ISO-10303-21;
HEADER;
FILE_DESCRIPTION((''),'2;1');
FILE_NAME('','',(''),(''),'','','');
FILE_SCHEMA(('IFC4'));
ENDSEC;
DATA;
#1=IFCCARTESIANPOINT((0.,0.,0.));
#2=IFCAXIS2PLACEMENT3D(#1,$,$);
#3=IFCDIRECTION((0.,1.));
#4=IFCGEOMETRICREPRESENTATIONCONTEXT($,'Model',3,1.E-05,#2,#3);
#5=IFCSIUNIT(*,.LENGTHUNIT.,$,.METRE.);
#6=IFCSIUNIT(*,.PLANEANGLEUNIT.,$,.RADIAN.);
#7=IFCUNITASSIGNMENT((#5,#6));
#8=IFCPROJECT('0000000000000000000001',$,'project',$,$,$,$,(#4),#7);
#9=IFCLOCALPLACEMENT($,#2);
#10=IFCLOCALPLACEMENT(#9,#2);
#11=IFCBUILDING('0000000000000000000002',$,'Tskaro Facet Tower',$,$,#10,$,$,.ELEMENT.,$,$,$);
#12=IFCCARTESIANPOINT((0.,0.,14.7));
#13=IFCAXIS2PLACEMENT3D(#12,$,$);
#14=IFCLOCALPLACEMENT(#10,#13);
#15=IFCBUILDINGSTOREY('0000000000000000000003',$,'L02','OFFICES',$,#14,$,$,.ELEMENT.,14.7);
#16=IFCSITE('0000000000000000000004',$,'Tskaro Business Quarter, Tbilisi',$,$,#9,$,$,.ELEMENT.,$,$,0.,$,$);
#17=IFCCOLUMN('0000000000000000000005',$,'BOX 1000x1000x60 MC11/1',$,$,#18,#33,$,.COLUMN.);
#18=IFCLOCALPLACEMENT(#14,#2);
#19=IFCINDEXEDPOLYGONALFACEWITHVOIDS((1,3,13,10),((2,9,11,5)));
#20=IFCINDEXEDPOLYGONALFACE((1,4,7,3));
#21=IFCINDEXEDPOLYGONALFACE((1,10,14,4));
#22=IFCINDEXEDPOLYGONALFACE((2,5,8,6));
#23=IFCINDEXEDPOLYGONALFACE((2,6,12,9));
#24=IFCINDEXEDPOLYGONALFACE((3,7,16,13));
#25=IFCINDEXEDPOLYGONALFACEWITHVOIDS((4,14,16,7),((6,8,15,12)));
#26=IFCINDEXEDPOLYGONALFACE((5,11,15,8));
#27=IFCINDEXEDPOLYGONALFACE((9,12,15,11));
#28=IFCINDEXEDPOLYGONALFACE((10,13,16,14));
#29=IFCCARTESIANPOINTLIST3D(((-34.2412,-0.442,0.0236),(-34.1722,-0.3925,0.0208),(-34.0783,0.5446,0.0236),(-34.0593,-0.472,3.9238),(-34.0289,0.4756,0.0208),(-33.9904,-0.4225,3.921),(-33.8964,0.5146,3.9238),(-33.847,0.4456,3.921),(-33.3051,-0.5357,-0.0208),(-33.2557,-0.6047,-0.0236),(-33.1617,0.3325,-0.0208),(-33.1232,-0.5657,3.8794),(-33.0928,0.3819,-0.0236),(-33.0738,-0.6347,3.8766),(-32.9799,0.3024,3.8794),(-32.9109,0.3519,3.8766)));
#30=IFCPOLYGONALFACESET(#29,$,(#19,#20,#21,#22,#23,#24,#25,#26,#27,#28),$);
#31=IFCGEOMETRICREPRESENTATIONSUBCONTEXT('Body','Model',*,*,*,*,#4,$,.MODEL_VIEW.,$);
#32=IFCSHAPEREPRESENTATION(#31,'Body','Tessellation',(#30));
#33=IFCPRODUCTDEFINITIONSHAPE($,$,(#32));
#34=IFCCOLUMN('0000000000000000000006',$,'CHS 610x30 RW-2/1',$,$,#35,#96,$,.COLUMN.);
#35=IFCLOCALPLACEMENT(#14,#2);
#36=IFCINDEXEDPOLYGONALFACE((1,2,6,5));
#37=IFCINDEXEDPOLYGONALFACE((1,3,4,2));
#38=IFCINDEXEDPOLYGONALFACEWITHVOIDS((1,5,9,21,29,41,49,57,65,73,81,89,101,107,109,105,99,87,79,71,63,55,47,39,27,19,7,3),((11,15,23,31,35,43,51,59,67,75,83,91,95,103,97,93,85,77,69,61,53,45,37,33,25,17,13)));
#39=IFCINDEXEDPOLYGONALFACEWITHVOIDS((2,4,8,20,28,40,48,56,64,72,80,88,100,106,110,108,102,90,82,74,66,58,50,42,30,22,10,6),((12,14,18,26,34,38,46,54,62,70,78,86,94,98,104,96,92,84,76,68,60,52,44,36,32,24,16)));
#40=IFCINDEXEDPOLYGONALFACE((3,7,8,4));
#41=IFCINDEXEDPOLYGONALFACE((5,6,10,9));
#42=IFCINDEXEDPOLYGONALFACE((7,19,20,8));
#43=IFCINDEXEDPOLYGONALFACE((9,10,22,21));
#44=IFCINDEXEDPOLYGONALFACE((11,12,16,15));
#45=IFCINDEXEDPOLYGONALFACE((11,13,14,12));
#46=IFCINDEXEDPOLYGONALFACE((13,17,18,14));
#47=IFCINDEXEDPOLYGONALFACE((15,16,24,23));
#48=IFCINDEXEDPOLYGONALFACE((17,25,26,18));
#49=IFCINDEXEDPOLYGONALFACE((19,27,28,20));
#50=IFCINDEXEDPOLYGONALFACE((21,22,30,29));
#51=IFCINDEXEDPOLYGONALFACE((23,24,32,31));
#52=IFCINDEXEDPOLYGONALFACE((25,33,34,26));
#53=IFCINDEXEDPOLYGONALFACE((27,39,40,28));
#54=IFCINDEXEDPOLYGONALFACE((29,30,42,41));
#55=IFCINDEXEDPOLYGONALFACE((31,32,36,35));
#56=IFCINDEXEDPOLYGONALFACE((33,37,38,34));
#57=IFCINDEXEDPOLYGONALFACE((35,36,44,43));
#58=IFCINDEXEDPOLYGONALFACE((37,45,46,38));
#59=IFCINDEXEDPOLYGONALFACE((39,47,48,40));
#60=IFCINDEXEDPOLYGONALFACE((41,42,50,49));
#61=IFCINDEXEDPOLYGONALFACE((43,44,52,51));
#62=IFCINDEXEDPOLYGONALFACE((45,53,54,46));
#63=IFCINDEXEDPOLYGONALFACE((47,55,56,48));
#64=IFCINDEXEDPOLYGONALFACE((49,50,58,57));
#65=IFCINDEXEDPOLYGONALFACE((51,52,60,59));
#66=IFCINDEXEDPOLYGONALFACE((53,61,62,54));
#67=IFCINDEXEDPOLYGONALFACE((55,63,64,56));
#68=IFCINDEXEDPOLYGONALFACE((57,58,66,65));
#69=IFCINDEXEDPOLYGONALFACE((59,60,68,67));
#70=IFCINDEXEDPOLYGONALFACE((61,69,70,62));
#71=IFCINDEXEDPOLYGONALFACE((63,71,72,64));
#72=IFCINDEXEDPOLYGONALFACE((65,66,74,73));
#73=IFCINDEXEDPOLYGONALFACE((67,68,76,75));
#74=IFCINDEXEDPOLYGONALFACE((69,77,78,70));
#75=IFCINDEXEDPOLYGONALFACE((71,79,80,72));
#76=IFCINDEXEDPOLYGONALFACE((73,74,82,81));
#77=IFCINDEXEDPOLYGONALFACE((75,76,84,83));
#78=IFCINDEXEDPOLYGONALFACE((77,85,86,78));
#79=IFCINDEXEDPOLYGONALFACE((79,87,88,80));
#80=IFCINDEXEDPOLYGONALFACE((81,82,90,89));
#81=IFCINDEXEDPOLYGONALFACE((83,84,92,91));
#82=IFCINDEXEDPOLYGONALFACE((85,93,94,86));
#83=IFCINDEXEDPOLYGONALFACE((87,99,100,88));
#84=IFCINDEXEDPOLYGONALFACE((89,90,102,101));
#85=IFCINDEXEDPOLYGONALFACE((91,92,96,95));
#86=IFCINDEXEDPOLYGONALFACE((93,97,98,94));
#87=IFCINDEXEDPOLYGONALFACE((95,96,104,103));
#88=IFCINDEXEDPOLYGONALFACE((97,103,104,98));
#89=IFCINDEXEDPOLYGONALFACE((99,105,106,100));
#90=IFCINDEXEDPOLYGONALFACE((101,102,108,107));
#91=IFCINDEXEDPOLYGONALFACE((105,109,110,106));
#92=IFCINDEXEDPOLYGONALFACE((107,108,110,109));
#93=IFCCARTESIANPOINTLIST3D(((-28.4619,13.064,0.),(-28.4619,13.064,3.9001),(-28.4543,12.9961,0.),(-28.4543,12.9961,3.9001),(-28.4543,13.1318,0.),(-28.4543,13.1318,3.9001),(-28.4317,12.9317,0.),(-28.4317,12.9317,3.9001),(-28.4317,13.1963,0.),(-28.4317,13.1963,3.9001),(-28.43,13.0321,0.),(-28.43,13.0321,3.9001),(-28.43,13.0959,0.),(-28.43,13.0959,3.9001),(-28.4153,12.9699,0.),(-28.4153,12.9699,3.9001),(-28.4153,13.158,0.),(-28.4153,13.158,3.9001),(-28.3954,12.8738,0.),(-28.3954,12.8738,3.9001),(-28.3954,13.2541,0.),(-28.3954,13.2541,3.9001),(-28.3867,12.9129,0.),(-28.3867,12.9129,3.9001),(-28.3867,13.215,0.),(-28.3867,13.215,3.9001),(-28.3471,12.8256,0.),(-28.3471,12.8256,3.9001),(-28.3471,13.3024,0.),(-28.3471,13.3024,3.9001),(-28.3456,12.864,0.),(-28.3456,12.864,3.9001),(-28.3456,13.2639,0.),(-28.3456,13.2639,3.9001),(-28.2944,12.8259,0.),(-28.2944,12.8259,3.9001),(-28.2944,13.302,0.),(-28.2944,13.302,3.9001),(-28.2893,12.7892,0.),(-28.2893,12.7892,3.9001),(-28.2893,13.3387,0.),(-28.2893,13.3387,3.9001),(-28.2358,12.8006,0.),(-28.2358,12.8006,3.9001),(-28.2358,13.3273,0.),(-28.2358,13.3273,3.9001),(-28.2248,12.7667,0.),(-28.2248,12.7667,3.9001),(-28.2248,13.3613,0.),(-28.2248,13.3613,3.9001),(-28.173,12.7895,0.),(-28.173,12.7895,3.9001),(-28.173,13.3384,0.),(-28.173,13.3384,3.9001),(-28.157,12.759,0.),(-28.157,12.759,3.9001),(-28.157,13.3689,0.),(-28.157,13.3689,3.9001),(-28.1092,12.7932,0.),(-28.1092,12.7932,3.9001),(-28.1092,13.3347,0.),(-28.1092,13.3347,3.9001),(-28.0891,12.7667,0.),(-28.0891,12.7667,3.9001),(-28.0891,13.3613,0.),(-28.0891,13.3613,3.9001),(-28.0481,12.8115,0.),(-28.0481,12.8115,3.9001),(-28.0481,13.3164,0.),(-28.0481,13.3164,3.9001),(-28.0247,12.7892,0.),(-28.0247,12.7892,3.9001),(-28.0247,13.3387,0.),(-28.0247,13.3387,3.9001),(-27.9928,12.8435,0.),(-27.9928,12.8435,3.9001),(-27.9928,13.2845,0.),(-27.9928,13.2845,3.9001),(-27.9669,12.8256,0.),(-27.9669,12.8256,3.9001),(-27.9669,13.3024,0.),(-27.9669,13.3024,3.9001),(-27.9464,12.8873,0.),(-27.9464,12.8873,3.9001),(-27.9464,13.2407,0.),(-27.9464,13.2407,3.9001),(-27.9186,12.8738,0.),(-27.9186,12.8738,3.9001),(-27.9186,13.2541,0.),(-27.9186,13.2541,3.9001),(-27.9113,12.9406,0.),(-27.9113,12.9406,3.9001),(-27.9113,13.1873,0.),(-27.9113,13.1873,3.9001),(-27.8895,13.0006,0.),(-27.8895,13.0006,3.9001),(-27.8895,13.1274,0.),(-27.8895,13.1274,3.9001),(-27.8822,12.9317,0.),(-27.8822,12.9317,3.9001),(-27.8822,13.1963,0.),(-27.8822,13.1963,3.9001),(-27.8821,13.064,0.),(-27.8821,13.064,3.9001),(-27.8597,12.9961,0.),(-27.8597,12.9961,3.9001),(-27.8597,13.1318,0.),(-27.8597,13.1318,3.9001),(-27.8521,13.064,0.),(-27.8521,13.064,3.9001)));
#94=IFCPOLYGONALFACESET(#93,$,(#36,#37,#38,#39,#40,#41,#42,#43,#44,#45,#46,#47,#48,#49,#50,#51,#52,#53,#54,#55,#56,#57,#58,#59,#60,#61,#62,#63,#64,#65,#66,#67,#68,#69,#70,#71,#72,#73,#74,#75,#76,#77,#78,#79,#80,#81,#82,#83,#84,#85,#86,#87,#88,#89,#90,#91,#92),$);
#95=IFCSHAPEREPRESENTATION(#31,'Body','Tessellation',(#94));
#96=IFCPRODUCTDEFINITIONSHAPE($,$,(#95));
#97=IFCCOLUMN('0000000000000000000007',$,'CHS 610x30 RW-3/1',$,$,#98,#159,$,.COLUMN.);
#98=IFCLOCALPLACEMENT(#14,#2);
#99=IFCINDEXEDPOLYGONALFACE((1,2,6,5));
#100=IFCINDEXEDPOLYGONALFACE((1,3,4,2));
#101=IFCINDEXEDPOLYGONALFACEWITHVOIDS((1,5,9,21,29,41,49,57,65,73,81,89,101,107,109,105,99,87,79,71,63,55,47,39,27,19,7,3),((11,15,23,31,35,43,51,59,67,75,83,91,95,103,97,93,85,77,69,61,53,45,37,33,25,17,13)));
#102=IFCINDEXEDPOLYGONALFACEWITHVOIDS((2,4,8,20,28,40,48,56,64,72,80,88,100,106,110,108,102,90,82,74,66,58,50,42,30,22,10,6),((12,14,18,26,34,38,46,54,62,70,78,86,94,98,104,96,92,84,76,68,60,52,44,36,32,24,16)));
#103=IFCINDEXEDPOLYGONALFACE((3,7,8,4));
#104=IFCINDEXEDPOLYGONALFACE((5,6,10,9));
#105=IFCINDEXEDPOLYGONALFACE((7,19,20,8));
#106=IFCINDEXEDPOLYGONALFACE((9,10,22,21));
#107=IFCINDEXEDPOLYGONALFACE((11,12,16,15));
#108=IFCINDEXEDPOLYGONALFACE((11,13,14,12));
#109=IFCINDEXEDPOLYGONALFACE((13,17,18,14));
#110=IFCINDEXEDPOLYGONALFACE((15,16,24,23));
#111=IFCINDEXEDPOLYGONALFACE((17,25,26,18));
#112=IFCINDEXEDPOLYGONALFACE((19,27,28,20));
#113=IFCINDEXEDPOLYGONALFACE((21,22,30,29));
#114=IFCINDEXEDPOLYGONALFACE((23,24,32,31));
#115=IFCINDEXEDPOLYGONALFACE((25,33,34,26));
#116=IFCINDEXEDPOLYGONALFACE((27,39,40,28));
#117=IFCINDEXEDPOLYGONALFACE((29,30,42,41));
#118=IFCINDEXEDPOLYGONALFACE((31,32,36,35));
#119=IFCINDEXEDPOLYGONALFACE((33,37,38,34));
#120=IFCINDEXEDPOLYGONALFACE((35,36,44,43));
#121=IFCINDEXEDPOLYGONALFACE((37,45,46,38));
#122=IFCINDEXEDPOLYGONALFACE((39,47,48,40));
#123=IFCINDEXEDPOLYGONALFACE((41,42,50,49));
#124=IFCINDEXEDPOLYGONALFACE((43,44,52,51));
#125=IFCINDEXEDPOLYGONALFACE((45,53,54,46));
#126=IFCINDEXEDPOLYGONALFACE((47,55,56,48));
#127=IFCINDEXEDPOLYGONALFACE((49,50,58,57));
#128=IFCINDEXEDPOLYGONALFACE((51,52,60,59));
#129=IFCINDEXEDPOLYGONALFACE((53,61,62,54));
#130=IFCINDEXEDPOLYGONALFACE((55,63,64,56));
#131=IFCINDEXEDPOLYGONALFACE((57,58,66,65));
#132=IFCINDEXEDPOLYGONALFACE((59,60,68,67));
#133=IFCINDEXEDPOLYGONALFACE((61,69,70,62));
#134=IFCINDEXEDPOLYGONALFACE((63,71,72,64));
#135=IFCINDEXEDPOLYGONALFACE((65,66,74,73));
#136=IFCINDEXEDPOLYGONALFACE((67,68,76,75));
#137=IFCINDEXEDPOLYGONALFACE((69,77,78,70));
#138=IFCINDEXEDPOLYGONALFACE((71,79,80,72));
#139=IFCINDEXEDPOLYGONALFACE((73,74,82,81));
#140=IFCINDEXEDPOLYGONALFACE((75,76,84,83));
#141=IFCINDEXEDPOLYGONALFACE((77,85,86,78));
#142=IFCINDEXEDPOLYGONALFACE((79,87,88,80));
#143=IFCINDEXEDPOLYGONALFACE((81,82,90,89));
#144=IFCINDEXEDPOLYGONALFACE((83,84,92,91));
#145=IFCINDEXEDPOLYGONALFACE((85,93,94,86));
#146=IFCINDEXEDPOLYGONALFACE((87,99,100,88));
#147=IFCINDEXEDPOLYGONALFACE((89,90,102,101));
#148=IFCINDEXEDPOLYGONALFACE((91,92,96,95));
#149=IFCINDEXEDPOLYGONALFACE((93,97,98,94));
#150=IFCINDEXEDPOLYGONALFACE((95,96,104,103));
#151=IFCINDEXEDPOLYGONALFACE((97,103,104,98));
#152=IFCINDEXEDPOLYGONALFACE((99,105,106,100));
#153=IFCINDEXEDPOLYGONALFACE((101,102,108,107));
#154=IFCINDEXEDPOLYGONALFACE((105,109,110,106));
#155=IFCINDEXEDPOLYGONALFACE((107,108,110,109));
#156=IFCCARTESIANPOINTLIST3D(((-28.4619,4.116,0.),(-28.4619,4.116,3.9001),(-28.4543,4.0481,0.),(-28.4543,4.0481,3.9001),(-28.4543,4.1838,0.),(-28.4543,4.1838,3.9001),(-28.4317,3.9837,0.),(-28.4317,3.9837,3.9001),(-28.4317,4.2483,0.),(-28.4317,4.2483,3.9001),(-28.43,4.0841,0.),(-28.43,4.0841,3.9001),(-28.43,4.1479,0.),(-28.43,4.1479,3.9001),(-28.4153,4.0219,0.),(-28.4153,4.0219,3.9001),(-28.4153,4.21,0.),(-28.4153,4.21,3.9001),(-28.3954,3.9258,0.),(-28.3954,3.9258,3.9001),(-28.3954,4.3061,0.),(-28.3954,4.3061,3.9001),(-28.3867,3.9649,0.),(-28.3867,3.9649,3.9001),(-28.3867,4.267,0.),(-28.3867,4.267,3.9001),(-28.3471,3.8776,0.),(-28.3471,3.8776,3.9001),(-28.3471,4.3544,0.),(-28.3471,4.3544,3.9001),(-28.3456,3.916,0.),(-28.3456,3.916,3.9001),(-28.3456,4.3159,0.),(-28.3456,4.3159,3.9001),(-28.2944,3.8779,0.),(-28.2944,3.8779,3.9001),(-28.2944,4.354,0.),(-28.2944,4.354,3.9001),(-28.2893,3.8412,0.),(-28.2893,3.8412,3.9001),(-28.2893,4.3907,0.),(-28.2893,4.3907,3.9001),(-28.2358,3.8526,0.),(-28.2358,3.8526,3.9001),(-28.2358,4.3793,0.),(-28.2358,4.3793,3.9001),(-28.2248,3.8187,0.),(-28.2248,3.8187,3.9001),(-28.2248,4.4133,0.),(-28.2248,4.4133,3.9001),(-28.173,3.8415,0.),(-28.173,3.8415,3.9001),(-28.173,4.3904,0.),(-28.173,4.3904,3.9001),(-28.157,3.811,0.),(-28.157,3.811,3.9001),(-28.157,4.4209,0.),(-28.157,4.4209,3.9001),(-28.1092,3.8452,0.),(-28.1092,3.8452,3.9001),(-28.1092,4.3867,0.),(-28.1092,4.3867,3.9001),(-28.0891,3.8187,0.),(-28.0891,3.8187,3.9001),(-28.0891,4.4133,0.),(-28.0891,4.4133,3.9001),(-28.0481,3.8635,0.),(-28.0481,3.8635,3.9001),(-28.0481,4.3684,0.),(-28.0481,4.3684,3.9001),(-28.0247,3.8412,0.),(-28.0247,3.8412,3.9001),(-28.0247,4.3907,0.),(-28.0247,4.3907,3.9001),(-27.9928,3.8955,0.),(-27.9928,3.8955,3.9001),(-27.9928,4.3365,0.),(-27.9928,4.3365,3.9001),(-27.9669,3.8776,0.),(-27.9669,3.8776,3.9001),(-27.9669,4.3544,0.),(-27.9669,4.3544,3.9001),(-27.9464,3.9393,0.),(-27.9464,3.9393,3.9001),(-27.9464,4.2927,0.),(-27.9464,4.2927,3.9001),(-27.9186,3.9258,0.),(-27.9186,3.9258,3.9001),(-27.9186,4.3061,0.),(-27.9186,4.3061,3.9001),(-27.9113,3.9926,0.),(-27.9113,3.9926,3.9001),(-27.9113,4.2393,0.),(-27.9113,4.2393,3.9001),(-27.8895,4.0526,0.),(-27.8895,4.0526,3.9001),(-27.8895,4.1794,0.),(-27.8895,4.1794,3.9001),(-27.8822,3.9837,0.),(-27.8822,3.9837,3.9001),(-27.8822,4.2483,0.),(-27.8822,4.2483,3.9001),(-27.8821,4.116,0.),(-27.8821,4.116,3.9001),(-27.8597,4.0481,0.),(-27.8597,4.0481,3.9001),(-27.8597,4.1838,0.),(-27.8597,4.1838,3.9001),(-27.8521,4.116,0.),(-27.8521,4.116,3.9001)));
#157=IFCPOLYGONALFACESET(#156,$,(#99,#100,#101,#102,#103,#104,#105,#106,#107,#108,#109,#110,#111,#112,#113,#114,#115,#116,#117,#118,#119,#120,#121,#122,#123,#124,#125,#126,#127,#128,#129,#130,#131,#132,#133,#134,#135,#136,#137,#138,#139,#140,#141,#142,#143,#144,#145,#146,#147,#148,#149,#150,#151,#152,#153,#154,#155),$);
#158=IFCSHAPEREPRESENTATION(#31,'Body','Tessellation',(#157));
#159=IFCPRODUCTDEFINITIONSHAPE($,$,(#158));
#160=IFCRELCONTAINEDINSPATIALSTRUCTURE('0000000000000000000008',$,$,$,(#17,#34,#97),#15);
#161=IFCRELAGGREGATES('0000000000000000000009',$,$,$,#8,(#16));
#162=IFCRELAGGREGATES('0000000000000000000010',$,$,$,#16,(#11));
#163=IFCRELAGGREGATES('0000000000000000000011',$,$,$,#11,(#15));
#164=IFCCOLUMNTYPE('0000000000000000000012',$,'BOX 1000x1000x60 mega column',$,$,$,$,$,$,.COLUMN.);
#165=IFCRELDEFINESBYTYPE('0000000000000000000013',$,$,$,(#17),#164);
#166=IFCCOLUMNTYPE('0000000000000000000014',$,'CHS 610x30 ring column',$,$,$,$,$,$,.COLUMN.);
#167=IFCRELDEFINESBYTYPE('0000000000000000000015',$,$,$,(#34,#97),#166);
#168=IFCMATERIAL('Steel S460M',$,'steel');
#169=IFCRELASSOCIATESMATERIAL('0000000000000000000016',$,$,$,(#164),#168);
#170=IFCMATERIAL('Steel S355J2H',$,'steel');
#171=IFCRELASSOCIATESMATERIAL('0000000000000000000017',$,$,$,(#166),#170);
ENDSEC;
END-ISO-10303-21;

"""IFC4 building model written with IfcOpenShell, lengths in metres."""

from ifc_helpers import new_model, si_unit, direction, frame, origin, origin_2d, place, context, subcontext, project, spatial, hollow_rectangle, hollow_circle, extrude, material, material_profile, profile_set, type_object, element, save


model = new_model("IFC4")

# Units and contexts
model_context = context("Model", 3, precision=1e-05, world=origin(), true_north=direction((0.0, 1.0)))
body_context = subcontext(model_context, "Body", "Model", "MODEL_VIEW")
ifc_project = project(units=[si_unit("LENGTHUNIT", "METRE"), si_unit("PLANEANGLEUNIT", "RADIAN")], contexts=[model_context])

# Site, building, storey
site_placement = place(None, origin())
site = spatial("IfcSite", under=ifc_project, at=site_placement, Name="Tskaro Business Quarter, Tbilisi", CompositionType="ELEMENT", RefElevation=0.0)
building_placement = place(site_placement, origin())
building = spatial("IfcBuilding", under=site, at=building_placement, Name="Tskaro Facet Tower", CompositionType="ELEMENT")
storey_placement = place(building_placement, frame((0.0, 0.0, 14.7)))
storey = spatial("IfcBuildingStorey", under=building, at=storey_placement, Name="L02", Description="OFFICES", CompositionType="ELEMENT", Elevation=14.7)

# Columns
ifc_material_1 = material(Name="Steel S460M", Category="steel")
ifc_material_profile_1 = material_profile(ifc_material_1, hollow_rectangle(XDim=1.0, YDim=1.0, WallThickness=0.0601, at=origin_2d()), Name="BOX 1000x1000x60")
ifc_profile_set_1 = profile_set([ifc_material_profile_1], Name="Steel S460M")
column_type_1 = type_object("IfcColumnType", Name="BOX 1000x1000x60 mega column", PredefinedType="COLUMN", material=ifc_profile_set_1)
column_placement = place(storey_placement, frame((-33.667, -0.03, 0.0), z_axis=(0.046583, -0.007691, 0.998885), x_axis=(0.162895, 0.986643, 0.0)))
element("IfcColumn", 1, at=column_placement, inside=storey, type_object=column_type_1, Name="BOX 1000x1000x60 MC11/1", PredefinedType="COLUMN", context=body_context, shape_type="SweptSolid", body=[
    extrude(hollow_rectangle(XDim=1.0, YDim=1.0, WallThickness=0.0601, at=origin_2d()), origin(), (0.0, 0.0, 1.0), 3.9045),
])
ifc_material_2 = material(Name="Steel S355J2H", Category="steel")
ifc_material_profile_2 = material_profile(ifc_material_2, hollow_circle(Radius=0.3049, WallThickness=0.03, at=origin_2d()), Name="CHS 610x30")
ifc_profile_set_2 = profile_set([ifc_material_profile_2], Name="Steel S355J2H")
column_type_2 = type_object("IfcColumnType", Name="CHS 610x30 ring column", PredefinedType="COLUMN", material=ifc_profile_set_2)
for number, where, z_axis, x_axis, name in (
    (2, (-28.157, 13.064, 0.0), (0.0, 0.0, 1.0), (1.0, 0.0, 0.0), "CHS 610x30 RW-2/1"),
    (3, (-28.157, 4.116, 0.0), (0.0, 0.0, 1.0), (1.0, 0.0, 0.0), "CHS 610x30 RW-3/1"),
):
    element("IfcColumn", number, at=place(storey_placement, frame(where, z_axis=z_axis, x_axis=x_axis)), inside=storey, type_object=column_type_2, Name=name, PredefinedType="COLUMN", context=body_context, shape_type="SweptSolid", body=[
        extrude(hollow_circle(Radius=0.3049, WallThickness=0.03, at=origin_2d()), origin(), (0.0, 0.0, 1.0), 3.9001),
    ])

save(model, "model.ifc")
